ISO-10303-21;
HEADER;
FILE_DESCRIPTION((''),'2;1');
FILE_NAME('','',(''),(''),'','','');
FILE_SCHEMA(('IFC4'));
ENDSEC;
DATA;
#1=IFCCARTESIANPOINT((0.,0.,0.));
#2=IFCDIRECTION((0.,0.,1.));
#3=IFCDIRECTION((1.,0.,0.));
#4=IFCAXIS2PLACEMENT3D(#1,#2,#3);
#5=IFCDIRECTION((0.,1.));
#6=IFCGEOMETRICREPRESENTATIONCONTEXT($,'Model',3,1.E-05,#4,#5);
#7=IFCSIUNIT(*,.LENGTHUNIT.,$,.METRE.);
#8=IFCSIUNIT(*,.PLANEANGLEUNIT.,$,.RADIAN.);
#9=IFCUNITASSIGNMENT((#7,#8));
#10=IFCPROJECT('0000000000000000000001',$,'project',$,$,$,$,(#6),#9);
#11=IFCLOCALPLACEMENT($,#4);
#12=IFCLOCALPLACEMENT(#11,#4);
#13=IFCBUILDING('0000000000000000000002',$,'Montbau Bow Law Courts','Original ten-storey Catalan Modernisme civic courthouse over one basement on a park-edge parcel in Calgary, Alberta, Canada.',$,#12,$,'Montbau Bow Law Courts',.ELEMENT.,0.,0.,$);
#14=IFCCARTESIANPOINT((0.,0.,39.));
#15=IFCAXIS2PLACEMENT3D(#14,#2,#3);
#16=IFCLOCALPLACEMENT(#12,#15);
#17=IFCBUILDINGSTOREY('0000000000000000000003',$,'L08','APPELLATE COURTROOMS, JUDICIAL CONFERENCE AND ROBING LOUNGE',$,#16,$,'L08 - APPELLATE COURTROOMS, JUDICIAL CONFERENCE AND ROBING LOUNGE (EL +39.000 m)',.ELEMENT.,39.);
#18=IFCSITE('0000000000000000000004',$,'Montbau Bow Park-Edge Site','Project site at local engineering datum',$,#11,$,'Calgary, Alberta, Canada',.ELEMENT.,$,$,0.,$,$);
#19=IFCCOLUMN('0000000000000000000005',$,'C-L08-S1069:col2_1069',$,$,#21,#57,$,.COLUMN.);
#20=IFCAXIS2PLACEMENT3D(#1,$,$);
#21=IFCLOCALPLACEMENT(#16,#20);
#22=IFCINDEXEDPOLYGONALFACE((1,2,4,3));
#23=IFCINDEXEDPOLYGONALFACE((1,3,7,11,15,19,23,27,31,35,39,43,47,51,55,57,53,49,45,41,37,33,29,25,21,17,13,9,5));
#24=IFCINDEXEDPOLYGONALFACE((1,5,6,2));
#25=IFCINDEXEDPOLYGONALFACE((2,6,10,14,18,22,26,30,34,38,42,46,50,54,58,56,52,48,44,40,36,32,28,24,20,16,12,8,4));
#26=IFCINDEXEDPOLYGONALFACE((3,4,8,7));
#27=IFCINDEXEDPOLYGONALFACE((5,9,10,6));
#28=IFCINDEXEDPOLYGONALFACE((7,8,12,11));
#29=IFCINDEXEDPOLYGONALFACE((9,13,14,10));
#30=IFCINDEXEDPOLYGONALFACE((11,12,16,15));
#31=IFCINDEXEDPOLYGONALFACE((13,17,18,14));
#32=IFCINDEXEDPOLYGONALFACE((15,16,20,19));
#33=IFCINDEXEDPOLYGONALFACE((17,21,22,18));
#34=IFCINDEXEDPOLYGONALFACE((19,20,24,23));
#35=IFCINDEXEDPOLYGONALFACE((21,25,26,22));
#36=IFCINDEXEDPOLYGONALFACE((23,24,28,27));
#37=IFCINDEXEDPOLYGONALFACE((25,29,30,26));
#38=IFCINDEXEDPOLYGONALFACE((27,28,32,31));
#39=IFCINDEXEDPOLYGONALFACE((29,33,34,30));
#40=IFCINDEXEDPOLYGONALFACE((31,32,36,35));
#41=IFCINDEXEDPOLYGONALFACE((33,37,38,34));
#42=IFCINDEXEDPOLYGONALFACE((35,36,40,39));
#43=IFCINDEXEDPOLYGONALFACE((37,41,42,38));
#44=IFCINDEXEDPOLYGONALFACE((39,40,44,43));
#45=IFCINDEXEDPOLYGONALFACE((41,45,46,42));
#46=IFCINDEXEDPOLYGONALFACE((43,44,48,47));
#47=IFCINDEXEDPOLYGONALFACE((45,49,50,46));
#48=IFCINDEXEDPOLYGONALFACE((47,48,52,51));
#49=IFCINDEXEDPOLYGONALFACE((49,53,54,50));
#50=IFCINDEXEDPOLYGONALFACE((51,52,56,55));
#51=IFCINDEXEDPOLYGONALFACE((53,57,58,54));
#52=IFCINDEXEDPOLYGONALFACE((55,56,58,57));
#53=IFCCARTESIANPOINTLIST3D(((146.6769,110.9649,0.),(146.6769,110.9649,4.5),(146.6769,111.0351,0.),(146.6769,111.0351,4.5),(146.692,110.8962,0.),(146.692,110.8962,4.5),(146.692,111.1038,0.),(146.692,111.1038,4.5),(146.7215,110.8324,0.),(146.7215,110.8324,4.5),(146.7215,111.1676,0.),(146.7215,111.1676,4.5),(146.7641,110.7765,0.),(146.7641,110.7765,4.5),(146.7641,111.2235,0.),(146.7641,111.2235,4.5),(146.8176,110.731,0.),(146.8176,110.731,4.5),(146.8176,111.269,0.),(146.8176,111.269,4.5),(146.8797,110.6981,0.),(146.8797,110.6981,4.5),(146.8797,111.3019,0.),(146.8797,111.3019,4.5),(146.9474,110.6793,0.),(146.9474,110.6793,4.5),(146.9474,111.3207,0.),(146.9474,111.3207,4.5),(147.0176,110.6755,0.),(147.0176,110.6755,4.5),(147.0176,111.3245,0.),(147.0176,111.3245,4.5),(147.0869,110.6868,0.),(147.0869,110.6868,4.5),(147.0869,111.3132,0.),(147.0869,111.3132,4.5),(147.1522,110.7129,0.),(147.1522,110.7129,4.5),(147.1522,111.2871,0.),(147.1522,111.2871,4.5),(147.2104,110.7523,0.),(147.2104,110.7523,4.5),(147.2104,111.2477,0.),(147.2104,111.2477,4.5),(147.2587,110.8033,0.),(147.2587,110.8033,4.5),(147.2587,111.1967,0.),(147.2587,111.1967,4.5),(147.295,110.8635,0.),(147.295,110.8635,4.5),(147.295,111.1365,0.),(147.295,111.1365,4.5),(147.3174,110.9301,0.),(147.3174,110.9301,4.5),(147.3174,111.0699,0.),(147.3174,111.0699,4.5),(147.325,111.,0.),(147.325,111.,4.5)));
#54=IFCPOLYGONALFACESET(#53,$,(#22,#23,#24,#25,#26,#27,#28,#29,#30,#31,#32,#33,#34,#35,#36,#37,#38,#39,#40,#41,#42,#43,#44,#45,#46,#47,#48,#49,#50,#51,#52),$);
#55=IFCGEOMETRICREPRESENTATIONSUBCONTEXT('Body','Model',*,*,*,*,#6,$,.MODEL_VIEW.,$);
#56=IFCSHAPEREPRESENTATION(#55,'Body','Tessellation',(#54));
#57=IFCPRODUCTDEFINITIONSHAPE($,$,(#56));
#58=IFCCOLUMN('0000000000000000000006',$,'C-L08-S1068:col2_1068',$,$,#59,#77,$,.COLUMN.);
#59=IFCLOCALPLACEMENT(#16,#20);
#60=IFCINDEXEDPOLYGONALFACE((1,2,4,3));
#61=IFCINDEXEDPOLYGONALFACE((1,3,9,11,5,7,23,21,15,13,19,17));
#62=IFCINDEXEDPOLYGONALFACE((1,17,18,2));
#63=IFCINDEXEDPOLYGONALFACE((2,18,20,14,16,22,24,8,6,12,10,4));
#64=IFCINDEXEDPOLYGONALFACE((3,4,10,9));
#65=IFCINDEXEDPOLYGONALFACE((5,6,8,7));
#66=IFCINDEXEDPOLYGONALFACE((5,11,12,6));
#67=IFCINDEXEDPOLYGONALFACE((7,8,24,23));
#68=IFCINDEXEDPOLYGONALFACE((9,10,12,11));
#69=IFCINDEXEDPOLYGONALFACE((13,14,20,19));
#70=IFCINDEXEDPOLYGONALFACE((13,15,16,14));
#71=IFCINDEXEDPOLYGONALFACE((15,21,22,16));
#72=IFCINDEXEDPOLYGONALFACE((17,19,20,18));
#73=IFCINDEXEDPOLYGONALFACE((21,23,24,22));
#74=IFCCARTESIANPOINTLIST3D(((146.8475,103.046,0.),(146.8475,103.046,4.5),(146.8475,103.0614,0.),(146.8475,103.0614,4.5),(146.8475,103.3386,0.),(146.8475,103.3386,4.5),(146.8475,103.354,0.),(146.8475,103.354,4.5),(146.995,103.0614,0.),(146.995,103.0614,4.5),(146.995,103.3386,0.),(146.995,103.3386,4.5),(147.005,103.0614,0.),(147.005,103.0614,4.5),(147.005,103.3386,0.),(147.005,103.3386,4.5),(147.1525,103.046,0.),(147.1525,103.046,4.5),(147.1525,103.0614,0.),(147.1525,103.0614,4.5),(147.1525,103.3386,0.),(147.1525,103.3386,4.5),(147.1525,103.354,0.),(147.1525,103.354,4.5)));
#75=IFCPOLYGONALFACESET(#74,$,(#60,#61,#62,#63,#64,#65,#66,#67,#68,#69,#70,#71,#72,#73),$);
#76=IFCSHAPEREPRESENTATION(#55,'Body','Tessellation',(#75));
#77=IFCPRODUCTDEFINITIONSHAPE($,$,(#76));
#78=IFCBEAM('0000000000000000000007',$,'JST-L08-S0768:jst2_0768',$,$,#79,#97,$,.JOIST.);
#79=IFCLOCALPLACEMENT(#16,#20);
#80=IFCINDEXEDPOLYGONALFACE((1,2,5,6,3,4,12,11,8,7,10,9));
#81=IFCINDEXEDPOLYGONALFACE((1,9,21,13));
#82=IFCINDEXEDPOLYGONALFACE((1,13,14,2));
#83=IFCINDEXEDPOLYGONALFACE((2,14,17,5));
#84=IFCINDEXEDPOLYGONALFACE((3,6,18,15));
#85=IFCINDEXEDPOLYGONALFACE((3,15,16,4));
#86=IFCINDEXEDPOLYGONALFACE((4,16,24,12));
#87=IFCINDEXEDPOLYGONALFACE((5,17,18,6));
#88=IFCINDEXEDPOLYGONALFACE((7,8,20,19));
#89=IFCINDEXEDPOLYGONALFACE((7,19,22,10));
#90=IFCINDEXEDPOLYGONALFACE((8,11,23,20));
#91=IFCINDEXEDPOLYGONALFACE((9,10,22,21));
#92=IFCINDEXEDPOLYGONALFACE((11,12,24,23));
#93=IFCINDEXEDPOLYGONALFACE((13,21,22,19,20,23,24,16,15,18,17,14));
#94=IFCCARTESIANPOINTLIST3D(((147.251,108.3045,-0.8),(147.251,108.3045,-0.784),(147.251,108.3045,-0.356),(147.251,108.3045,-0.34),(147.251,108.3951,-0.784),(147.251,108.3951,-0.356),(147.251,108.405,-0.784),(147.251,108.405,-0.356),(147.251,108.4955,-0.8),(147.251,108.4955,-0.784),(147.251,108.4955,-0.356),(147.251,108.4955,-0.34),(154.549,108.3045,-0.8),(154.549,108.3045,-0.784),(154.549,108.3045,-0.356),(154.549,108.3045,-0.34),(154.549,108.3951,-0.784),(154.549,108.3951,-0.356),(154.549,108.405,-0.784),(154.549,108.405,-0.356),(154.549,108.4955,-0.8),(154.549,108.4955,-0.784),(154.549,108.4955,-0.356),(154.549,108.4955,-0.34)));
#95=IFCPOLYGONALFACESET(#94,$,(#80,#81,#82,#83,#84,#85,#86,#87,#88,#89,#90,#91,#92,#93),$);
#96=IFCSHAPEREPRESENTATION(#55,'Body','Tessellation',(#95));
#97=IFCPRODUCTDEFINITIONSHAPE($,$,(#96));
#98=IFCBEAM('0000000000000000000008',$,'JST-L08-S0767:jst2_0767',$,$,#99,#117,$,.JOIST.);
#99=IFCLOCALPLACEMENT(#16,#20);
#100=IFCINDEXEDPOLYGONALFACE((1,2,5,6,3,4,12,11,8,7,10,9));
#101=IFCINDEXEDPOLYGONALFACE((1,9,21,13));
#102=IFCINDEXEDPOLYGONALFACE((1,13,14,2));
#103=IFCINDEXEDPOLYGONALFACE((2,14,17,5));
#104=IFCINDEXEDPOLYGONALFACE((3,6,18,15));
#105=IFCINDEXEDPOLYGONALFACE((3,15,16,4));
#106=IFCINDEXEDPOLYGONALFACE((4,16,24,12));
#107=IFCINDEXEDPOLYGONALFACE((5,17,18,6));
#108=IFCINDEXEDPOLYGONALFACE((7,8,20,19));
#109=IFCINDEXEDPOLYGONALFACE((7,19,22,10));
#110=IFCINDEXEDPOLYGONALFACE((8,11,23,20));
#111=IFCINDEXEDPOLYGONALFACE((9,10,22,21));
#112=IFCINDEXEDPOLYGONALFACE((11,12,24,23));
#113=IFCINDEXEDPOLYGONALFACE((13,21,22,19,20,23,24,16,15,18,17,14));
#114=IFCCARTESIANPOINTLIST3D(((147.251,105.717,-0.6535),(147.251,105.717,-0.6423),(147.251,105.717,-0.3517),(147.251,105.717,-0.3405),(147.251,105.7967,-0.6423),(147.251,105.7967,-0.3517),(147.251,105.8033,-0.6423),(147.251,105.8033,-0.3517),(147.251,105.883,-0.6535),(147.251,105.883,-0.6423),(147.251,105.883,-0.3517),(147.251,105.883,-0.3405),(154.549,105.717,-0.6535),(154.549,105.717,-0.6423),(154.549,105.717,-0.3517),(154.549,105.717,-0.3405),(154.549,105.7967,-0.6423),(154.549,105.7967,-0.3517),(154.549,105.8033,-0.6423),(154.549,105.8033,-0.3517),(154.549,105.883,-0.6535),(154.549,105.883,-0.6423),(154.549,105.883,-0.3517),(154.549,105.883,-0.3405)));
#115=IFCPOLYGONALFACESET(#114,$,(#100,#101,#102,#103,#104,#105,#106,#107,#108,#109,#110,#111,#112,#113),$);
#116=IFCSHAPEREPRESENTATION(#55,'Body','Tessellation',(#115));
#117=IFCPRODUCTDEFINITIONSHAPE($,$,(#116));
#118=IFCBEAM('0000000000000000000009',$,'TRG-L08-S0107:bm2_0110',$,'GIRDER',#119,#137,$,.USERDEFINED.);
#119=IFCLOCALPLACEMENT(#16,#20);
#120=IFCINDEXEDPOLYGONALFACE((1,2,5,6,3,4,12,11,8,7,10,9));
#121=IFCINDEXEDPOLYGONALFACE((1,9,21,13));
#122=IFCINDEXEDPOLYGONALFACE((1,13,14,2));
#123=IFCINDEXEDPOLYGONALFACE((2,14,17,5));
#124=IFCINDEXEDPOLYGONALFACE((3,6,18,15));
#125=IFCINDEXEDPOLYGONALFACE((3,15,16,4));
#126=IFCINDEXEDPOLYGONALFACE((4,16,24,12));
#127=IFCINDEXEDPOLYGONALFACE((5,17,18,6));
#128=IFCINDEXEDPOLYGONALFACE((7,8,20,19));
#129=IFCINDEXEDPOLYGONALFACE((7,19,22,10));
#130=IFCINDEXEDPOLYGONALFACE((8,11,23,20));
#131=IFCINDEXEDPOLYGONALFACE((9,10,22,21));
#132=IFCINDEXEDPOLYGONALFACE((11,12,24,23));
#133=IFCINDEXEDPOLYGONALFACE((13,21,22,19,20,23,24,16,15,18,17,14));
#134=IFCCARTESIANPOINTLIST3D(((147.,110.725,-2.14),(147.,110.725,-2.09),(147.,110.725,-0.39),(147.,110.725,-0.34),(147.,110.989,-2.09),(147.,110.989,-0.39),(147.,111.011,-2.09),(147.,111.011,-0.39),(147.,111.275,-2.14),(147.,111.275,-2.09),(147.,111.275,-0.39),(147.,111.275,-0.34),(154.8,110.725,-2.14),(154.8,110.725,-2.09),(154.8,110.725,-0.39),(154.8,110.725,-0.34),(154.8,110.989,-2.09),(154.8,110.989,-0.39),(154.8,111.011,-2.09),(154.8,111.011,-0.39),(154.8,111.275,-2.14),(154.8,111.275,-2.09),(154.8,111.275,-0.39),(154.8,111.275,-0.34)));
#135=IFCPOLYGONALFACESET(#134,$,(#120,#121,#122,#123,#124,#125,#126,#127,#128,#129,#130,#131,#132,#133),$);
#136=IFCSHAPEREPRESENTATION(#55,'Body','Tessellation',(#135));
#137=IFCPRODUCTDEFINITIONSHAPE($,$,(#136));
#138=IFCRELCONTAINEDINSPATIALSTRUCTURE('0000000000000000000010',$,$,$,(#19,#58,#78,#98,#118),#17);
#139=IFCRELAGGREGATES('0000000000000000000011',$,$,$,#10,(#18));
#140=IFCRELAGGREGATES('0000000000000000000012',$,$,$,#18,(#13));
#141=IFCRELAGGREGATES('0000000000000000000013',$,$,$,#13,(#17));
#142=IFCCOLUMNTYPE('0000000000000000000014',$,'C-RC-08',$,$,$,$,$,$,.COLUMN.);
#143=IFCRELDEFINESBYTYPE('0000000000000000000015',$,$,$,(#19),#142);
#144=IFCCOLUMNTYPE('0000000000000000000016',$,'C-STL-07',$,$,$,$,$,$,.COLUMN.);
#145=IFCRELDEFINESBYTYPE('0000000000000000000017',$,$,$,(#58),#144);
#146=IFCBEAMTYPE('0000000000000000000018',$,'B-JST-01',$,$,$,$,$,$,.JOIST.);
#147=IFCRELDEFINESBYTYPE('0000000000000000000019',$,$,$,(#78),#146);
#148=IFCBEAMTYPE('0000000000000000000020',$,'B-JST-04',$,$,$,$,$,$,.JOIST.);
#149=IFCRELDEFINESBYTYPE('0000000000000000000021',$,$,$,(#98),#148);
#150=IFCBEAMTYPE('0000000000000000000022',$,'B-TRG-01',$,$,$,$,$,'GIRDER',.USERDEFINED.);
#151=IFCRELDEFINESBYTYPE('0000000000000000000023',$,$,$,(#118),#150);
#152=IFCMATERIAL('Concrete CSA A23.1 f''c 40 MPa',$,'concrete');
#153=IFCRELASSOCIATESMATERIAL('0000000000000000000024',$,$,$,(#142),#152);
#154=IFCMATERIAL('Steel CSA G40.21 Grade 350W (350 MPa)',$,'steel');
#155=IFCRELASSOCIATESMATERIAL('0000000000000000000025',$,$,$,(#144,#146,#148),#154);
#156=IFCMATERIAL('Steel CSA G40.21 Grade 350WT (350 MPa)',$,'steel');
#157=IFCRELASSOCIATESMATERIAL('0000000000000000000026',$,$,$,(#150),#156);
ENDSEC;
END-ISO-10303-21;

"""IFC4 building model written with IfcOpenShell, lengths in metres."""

from ifc_helpers import new_model, si_unit, direction, frame, origin_with_axes, origin_2d_with_axis, place, context, subcontext, project, spatial, circle, i_section, extrude, material, material_profile, profile_set, type_object, element, save


model = new_model("IFC4")

# Units and contexts
model_context = context("Model", 3, precision=1e-05, world=origin_with_axes(), true_north=direction((0.0, 1.0)))
body_context = subcontext(model_context, "Body", "Model", "MODEL_VIEW")
ifc_project = project(units=[si_unit("LENGTHUNIT", "METRE"), si_unit("PLANEANGLEUNIT", "RADIAN")], contexts=[model_context])

# Site, building, storey
site_placement = place(None, origin_with_axes())
site = spatial("IfcSite", under=ifc_project, at=site_placement, Name="Montbau Bow Park-Edge Site", Description="Project site at local engineering datum", LongName="Calgary, Alberta, Canada", CompositionType="ELEMENT", RefElevation=0.0)
building_placement = place(site_placement, origin_with_axes())
building = spatial("IfcBuilding", under=site, at=building_placement, Name="Montbau Bow Law Courts", Description="Original ten-storey Catalan Modernisme civic courthouse over one basement on a park-edge parcel in Calgary, Alberta, Canada.", LongName="Montbau Bow Law Courts", CompositionType="ELEMENT", ElevationOfRefHeight=0.0, ElevationOfTerrain=0.0)
storey_placement = place(building_placement, frame((0.0, 0.0, 39.0), z_axis=(0.0, 0.0, 1.0), x_axis=(1.0, 0.0, 0.0)))
storey = spatial("IfcBuildingStorey", under=building, at=storey_placement, Name="L08", Description="APPELLATE COURTROOMS, JUDICIAL CONFERENCE AND ROBING LOUNGE", LongName="L08 - APPELLATE COURTROOMS, JUDICIAL CONFERENCE AND ROBING LOUNGE (EL +39.000 m)", CompositionType="ELEMENT", Elevation=39.0)

# Columns
ifc_material_1 = material(Name="Concrete CSA A23.1 f'c 40 MPa", Category="concrete")
ifc_material_profile_1 = material_profile(ifc_material_1, circle(Radius=0.325, at=origin_2d_with_axis()), Name="RC650D", Category="Main", Priority=0)
ifc_profile_set_1 = profile_set([ifc_material_profile_1], Name="Concrete CSA A23.1 f'c 40 MPa")
column_type_1 = type_object("IfcColumnType", Name="C-RC-08", PredefinedType="COLUMN", material=ifc_profile_set_1)
column_1_placement = place(None, frame((147.0, 111.0, 39.0), z_axis=(0.0, 0.0, 1.0), x_axis=(1.0, 0.0, 0.0)))
element("IfcColumn", 1, at=column_1_placement, inside=storey, type_object=column_type_1, Name="C-L08-S1069:col2_1069", PredefinedType="COLUMN", context=body_context, shape_type="SweptSolid", body=[
    extrude(circle(Radius=0.325, at=origin_2d_with_axis()), origin_with_axes(), (0.0, 0.0, 1.0), 4.5),
])
ifc_material_2 = material(Name="Steel CSA G40.21 Grade 350W (350 MPa)", Category="steel")
ifc_material_profile_2 = material_profile(ifc_material_2, i_section(OverallWidth=0.305, OverallDepth=0.308, WebThickness=0.0099, FlangeThickness=0.0154, at=origin_2d_with_axis()), Name="W310X97", Category="Main", Priority=0)
ifc_profile_set_2 = profile_set([ifc_material_profile_2], Name="Steel CSA G40.21 Grade 350W (350 MPa)")
column_type_2 = type_object("IfcColumnType", Name="C-STL-07", PredefinedType="COLUMN", material=ifc_profile_set_2)
column_2_placement = place(None, frame((147.0, 103.2, 39.0), z_axis=(0.0, 0.0, 1.0), x_axis=(1.0, 0.0, 0.0)))
element("IfcColumn", 2, at=column_2_placement, inside=storey, type_object=column_type_2, Name="C-L08-S1068:col2_1068", PredefinedType="COLUMN", context=body_context, shape_type="SweptSolid", body=[
    extrude(i_section(OverallWidth=0.305, OverallDepth=0.308, WebThickness=0.0099, FlangeThickness=0.0154, at=origin_2d_with_axis()), origin_with_axes(), (0.0, 0.0, 1.0), 4.5),
])

# Beams
ifc_material_profile_3 = material_profile(ifc_material_2, i_section(OverallWidth=0.191, OverallDepth=0.46, WebThickness=0.0099, FlangeThickness=0.016, at=origin_2d_with_axis()), Name="W460X82", Category="Main", Priority=0)
ifc_profile_set_3 = profile_set([ifc_material_profile_3], Name="Steel CSA G40.21 Grade 350W (350 MPa)")
beam_type_1 = type_object("IfcBeamType", Name="B-JST-01", PredefinedType="JOIST", material=ifc_profile_set_3)
beam_1_placement = place(None, frame((147.251, 108.4, 38.43), z_axis=(1.0, 0.0, 0.0), x_axis=(0.0, 1.0, 0.0)))
element("IfcBeam", 3, at=beam_1_placement, inside=storey, type_object=beam_type_1, Name="JST-L08-S0768:jst2_0768", PredefinedType="JOIST", context=body_context, shape_type="SweptSolid", body=[
    extrude(i_section(OverallWidth=0.191, OverallDepth=0.46, WebThickness=0.0099, FlangeThickness=0.016, at=origin_2d_with_axis()), origin_with_axes(), (0.0, 0.0, 1.0), 7.298),
])
ifc_material_profile_4 = material_profile(ifc_material_2, i_section(OverallWidth=0.166, OverallDepth=0.313, WebThickness=0.0066, FlangeThickness=0.0112, at=origin_2d_with_axis()), Name="W310X45", Category="Main", Priority=0)
ifc_profile_set_4 = profile_set([ifc_material_profile_4], Name="Steel CSA G40.21 Grade 350W (350 MPa)")
beam_type_2 = type_object("IfcBeamType", Name="B-JST-04", PredefinedType="JOIST", material=ifc_profile_set_4)
beam_2_placement = place(None, frame((147.251, 105.8, 38.503), z_axis=(1.0, 0.0, 0.0), x_axis=(0.0, 1.0, 0.0)))
element("IfcBeam", 4, at=beam_2_placement, inside=storey, type_object=beam_type_2, Name="JST-L08-S0767:jst2_0767", PredefinedType="JOIST", context=body_context, shape_type="SweptSolid", body=[
    extrude(i_section(OverallWidth=0.166, OverallDepth=0.313, WebThickness=0.0066, FlangeThickness=0.0112, at=origin_2d_with_axis()), origin_with_axes(), (0.0, 0.0, 1.0), 7.298),
])
ifc_material_3 = material(Name="Steel CSA G40.21 Grade 350WT (350 MPa)", Category="steel")
ifc_material_profile_5 = material_profile(ifc_material_3, i_section(OverallWidth=0.55, OverallDepth=1.8, WebThickness=0.022, FlangeThickness=0.05, at=origin_2d_with_axis()), Name="WWF1800X550", Category="Main", Priority=0)
ifc_profile_set_5 = profile_set([ifc_material_profile_5], Name="Steel CSA G40.21 Grade 350WT (350 MPa)")
beam_type_3 = type_object("IfcBeamType", Name="B-TRG-01", ElementType="GIRDER", PredefinedType="USERDEFINED", material=ifc_profile_set_5)
beam_3_placement = place(None, frame((147.0, 111.0, 37.76), z_axis=(1.0, 0.0, 0.0), x_axis=(0.0, 1.0, 0.0)))
element("IfcBeam", 5, at=beam_3_placement, inside=storey, type_object=beam_type_3, Name="TRG-L08-S0107:bm2_0110", ObjectType="GIRDER", PredefinedType="USERDEFINED", context=body_context, shape_type="SweptSolid", body=[
    extrude(i_section(OverallWidth=0.55, OverallDepth=1.8, WebThickness=0.022, FlangeThickness=0.05, at=origin_2d_with_axis()), origin_with_axes(), (0.0, 0.0, 1.0), 7.8),
])

save(model, "model.ifc")
